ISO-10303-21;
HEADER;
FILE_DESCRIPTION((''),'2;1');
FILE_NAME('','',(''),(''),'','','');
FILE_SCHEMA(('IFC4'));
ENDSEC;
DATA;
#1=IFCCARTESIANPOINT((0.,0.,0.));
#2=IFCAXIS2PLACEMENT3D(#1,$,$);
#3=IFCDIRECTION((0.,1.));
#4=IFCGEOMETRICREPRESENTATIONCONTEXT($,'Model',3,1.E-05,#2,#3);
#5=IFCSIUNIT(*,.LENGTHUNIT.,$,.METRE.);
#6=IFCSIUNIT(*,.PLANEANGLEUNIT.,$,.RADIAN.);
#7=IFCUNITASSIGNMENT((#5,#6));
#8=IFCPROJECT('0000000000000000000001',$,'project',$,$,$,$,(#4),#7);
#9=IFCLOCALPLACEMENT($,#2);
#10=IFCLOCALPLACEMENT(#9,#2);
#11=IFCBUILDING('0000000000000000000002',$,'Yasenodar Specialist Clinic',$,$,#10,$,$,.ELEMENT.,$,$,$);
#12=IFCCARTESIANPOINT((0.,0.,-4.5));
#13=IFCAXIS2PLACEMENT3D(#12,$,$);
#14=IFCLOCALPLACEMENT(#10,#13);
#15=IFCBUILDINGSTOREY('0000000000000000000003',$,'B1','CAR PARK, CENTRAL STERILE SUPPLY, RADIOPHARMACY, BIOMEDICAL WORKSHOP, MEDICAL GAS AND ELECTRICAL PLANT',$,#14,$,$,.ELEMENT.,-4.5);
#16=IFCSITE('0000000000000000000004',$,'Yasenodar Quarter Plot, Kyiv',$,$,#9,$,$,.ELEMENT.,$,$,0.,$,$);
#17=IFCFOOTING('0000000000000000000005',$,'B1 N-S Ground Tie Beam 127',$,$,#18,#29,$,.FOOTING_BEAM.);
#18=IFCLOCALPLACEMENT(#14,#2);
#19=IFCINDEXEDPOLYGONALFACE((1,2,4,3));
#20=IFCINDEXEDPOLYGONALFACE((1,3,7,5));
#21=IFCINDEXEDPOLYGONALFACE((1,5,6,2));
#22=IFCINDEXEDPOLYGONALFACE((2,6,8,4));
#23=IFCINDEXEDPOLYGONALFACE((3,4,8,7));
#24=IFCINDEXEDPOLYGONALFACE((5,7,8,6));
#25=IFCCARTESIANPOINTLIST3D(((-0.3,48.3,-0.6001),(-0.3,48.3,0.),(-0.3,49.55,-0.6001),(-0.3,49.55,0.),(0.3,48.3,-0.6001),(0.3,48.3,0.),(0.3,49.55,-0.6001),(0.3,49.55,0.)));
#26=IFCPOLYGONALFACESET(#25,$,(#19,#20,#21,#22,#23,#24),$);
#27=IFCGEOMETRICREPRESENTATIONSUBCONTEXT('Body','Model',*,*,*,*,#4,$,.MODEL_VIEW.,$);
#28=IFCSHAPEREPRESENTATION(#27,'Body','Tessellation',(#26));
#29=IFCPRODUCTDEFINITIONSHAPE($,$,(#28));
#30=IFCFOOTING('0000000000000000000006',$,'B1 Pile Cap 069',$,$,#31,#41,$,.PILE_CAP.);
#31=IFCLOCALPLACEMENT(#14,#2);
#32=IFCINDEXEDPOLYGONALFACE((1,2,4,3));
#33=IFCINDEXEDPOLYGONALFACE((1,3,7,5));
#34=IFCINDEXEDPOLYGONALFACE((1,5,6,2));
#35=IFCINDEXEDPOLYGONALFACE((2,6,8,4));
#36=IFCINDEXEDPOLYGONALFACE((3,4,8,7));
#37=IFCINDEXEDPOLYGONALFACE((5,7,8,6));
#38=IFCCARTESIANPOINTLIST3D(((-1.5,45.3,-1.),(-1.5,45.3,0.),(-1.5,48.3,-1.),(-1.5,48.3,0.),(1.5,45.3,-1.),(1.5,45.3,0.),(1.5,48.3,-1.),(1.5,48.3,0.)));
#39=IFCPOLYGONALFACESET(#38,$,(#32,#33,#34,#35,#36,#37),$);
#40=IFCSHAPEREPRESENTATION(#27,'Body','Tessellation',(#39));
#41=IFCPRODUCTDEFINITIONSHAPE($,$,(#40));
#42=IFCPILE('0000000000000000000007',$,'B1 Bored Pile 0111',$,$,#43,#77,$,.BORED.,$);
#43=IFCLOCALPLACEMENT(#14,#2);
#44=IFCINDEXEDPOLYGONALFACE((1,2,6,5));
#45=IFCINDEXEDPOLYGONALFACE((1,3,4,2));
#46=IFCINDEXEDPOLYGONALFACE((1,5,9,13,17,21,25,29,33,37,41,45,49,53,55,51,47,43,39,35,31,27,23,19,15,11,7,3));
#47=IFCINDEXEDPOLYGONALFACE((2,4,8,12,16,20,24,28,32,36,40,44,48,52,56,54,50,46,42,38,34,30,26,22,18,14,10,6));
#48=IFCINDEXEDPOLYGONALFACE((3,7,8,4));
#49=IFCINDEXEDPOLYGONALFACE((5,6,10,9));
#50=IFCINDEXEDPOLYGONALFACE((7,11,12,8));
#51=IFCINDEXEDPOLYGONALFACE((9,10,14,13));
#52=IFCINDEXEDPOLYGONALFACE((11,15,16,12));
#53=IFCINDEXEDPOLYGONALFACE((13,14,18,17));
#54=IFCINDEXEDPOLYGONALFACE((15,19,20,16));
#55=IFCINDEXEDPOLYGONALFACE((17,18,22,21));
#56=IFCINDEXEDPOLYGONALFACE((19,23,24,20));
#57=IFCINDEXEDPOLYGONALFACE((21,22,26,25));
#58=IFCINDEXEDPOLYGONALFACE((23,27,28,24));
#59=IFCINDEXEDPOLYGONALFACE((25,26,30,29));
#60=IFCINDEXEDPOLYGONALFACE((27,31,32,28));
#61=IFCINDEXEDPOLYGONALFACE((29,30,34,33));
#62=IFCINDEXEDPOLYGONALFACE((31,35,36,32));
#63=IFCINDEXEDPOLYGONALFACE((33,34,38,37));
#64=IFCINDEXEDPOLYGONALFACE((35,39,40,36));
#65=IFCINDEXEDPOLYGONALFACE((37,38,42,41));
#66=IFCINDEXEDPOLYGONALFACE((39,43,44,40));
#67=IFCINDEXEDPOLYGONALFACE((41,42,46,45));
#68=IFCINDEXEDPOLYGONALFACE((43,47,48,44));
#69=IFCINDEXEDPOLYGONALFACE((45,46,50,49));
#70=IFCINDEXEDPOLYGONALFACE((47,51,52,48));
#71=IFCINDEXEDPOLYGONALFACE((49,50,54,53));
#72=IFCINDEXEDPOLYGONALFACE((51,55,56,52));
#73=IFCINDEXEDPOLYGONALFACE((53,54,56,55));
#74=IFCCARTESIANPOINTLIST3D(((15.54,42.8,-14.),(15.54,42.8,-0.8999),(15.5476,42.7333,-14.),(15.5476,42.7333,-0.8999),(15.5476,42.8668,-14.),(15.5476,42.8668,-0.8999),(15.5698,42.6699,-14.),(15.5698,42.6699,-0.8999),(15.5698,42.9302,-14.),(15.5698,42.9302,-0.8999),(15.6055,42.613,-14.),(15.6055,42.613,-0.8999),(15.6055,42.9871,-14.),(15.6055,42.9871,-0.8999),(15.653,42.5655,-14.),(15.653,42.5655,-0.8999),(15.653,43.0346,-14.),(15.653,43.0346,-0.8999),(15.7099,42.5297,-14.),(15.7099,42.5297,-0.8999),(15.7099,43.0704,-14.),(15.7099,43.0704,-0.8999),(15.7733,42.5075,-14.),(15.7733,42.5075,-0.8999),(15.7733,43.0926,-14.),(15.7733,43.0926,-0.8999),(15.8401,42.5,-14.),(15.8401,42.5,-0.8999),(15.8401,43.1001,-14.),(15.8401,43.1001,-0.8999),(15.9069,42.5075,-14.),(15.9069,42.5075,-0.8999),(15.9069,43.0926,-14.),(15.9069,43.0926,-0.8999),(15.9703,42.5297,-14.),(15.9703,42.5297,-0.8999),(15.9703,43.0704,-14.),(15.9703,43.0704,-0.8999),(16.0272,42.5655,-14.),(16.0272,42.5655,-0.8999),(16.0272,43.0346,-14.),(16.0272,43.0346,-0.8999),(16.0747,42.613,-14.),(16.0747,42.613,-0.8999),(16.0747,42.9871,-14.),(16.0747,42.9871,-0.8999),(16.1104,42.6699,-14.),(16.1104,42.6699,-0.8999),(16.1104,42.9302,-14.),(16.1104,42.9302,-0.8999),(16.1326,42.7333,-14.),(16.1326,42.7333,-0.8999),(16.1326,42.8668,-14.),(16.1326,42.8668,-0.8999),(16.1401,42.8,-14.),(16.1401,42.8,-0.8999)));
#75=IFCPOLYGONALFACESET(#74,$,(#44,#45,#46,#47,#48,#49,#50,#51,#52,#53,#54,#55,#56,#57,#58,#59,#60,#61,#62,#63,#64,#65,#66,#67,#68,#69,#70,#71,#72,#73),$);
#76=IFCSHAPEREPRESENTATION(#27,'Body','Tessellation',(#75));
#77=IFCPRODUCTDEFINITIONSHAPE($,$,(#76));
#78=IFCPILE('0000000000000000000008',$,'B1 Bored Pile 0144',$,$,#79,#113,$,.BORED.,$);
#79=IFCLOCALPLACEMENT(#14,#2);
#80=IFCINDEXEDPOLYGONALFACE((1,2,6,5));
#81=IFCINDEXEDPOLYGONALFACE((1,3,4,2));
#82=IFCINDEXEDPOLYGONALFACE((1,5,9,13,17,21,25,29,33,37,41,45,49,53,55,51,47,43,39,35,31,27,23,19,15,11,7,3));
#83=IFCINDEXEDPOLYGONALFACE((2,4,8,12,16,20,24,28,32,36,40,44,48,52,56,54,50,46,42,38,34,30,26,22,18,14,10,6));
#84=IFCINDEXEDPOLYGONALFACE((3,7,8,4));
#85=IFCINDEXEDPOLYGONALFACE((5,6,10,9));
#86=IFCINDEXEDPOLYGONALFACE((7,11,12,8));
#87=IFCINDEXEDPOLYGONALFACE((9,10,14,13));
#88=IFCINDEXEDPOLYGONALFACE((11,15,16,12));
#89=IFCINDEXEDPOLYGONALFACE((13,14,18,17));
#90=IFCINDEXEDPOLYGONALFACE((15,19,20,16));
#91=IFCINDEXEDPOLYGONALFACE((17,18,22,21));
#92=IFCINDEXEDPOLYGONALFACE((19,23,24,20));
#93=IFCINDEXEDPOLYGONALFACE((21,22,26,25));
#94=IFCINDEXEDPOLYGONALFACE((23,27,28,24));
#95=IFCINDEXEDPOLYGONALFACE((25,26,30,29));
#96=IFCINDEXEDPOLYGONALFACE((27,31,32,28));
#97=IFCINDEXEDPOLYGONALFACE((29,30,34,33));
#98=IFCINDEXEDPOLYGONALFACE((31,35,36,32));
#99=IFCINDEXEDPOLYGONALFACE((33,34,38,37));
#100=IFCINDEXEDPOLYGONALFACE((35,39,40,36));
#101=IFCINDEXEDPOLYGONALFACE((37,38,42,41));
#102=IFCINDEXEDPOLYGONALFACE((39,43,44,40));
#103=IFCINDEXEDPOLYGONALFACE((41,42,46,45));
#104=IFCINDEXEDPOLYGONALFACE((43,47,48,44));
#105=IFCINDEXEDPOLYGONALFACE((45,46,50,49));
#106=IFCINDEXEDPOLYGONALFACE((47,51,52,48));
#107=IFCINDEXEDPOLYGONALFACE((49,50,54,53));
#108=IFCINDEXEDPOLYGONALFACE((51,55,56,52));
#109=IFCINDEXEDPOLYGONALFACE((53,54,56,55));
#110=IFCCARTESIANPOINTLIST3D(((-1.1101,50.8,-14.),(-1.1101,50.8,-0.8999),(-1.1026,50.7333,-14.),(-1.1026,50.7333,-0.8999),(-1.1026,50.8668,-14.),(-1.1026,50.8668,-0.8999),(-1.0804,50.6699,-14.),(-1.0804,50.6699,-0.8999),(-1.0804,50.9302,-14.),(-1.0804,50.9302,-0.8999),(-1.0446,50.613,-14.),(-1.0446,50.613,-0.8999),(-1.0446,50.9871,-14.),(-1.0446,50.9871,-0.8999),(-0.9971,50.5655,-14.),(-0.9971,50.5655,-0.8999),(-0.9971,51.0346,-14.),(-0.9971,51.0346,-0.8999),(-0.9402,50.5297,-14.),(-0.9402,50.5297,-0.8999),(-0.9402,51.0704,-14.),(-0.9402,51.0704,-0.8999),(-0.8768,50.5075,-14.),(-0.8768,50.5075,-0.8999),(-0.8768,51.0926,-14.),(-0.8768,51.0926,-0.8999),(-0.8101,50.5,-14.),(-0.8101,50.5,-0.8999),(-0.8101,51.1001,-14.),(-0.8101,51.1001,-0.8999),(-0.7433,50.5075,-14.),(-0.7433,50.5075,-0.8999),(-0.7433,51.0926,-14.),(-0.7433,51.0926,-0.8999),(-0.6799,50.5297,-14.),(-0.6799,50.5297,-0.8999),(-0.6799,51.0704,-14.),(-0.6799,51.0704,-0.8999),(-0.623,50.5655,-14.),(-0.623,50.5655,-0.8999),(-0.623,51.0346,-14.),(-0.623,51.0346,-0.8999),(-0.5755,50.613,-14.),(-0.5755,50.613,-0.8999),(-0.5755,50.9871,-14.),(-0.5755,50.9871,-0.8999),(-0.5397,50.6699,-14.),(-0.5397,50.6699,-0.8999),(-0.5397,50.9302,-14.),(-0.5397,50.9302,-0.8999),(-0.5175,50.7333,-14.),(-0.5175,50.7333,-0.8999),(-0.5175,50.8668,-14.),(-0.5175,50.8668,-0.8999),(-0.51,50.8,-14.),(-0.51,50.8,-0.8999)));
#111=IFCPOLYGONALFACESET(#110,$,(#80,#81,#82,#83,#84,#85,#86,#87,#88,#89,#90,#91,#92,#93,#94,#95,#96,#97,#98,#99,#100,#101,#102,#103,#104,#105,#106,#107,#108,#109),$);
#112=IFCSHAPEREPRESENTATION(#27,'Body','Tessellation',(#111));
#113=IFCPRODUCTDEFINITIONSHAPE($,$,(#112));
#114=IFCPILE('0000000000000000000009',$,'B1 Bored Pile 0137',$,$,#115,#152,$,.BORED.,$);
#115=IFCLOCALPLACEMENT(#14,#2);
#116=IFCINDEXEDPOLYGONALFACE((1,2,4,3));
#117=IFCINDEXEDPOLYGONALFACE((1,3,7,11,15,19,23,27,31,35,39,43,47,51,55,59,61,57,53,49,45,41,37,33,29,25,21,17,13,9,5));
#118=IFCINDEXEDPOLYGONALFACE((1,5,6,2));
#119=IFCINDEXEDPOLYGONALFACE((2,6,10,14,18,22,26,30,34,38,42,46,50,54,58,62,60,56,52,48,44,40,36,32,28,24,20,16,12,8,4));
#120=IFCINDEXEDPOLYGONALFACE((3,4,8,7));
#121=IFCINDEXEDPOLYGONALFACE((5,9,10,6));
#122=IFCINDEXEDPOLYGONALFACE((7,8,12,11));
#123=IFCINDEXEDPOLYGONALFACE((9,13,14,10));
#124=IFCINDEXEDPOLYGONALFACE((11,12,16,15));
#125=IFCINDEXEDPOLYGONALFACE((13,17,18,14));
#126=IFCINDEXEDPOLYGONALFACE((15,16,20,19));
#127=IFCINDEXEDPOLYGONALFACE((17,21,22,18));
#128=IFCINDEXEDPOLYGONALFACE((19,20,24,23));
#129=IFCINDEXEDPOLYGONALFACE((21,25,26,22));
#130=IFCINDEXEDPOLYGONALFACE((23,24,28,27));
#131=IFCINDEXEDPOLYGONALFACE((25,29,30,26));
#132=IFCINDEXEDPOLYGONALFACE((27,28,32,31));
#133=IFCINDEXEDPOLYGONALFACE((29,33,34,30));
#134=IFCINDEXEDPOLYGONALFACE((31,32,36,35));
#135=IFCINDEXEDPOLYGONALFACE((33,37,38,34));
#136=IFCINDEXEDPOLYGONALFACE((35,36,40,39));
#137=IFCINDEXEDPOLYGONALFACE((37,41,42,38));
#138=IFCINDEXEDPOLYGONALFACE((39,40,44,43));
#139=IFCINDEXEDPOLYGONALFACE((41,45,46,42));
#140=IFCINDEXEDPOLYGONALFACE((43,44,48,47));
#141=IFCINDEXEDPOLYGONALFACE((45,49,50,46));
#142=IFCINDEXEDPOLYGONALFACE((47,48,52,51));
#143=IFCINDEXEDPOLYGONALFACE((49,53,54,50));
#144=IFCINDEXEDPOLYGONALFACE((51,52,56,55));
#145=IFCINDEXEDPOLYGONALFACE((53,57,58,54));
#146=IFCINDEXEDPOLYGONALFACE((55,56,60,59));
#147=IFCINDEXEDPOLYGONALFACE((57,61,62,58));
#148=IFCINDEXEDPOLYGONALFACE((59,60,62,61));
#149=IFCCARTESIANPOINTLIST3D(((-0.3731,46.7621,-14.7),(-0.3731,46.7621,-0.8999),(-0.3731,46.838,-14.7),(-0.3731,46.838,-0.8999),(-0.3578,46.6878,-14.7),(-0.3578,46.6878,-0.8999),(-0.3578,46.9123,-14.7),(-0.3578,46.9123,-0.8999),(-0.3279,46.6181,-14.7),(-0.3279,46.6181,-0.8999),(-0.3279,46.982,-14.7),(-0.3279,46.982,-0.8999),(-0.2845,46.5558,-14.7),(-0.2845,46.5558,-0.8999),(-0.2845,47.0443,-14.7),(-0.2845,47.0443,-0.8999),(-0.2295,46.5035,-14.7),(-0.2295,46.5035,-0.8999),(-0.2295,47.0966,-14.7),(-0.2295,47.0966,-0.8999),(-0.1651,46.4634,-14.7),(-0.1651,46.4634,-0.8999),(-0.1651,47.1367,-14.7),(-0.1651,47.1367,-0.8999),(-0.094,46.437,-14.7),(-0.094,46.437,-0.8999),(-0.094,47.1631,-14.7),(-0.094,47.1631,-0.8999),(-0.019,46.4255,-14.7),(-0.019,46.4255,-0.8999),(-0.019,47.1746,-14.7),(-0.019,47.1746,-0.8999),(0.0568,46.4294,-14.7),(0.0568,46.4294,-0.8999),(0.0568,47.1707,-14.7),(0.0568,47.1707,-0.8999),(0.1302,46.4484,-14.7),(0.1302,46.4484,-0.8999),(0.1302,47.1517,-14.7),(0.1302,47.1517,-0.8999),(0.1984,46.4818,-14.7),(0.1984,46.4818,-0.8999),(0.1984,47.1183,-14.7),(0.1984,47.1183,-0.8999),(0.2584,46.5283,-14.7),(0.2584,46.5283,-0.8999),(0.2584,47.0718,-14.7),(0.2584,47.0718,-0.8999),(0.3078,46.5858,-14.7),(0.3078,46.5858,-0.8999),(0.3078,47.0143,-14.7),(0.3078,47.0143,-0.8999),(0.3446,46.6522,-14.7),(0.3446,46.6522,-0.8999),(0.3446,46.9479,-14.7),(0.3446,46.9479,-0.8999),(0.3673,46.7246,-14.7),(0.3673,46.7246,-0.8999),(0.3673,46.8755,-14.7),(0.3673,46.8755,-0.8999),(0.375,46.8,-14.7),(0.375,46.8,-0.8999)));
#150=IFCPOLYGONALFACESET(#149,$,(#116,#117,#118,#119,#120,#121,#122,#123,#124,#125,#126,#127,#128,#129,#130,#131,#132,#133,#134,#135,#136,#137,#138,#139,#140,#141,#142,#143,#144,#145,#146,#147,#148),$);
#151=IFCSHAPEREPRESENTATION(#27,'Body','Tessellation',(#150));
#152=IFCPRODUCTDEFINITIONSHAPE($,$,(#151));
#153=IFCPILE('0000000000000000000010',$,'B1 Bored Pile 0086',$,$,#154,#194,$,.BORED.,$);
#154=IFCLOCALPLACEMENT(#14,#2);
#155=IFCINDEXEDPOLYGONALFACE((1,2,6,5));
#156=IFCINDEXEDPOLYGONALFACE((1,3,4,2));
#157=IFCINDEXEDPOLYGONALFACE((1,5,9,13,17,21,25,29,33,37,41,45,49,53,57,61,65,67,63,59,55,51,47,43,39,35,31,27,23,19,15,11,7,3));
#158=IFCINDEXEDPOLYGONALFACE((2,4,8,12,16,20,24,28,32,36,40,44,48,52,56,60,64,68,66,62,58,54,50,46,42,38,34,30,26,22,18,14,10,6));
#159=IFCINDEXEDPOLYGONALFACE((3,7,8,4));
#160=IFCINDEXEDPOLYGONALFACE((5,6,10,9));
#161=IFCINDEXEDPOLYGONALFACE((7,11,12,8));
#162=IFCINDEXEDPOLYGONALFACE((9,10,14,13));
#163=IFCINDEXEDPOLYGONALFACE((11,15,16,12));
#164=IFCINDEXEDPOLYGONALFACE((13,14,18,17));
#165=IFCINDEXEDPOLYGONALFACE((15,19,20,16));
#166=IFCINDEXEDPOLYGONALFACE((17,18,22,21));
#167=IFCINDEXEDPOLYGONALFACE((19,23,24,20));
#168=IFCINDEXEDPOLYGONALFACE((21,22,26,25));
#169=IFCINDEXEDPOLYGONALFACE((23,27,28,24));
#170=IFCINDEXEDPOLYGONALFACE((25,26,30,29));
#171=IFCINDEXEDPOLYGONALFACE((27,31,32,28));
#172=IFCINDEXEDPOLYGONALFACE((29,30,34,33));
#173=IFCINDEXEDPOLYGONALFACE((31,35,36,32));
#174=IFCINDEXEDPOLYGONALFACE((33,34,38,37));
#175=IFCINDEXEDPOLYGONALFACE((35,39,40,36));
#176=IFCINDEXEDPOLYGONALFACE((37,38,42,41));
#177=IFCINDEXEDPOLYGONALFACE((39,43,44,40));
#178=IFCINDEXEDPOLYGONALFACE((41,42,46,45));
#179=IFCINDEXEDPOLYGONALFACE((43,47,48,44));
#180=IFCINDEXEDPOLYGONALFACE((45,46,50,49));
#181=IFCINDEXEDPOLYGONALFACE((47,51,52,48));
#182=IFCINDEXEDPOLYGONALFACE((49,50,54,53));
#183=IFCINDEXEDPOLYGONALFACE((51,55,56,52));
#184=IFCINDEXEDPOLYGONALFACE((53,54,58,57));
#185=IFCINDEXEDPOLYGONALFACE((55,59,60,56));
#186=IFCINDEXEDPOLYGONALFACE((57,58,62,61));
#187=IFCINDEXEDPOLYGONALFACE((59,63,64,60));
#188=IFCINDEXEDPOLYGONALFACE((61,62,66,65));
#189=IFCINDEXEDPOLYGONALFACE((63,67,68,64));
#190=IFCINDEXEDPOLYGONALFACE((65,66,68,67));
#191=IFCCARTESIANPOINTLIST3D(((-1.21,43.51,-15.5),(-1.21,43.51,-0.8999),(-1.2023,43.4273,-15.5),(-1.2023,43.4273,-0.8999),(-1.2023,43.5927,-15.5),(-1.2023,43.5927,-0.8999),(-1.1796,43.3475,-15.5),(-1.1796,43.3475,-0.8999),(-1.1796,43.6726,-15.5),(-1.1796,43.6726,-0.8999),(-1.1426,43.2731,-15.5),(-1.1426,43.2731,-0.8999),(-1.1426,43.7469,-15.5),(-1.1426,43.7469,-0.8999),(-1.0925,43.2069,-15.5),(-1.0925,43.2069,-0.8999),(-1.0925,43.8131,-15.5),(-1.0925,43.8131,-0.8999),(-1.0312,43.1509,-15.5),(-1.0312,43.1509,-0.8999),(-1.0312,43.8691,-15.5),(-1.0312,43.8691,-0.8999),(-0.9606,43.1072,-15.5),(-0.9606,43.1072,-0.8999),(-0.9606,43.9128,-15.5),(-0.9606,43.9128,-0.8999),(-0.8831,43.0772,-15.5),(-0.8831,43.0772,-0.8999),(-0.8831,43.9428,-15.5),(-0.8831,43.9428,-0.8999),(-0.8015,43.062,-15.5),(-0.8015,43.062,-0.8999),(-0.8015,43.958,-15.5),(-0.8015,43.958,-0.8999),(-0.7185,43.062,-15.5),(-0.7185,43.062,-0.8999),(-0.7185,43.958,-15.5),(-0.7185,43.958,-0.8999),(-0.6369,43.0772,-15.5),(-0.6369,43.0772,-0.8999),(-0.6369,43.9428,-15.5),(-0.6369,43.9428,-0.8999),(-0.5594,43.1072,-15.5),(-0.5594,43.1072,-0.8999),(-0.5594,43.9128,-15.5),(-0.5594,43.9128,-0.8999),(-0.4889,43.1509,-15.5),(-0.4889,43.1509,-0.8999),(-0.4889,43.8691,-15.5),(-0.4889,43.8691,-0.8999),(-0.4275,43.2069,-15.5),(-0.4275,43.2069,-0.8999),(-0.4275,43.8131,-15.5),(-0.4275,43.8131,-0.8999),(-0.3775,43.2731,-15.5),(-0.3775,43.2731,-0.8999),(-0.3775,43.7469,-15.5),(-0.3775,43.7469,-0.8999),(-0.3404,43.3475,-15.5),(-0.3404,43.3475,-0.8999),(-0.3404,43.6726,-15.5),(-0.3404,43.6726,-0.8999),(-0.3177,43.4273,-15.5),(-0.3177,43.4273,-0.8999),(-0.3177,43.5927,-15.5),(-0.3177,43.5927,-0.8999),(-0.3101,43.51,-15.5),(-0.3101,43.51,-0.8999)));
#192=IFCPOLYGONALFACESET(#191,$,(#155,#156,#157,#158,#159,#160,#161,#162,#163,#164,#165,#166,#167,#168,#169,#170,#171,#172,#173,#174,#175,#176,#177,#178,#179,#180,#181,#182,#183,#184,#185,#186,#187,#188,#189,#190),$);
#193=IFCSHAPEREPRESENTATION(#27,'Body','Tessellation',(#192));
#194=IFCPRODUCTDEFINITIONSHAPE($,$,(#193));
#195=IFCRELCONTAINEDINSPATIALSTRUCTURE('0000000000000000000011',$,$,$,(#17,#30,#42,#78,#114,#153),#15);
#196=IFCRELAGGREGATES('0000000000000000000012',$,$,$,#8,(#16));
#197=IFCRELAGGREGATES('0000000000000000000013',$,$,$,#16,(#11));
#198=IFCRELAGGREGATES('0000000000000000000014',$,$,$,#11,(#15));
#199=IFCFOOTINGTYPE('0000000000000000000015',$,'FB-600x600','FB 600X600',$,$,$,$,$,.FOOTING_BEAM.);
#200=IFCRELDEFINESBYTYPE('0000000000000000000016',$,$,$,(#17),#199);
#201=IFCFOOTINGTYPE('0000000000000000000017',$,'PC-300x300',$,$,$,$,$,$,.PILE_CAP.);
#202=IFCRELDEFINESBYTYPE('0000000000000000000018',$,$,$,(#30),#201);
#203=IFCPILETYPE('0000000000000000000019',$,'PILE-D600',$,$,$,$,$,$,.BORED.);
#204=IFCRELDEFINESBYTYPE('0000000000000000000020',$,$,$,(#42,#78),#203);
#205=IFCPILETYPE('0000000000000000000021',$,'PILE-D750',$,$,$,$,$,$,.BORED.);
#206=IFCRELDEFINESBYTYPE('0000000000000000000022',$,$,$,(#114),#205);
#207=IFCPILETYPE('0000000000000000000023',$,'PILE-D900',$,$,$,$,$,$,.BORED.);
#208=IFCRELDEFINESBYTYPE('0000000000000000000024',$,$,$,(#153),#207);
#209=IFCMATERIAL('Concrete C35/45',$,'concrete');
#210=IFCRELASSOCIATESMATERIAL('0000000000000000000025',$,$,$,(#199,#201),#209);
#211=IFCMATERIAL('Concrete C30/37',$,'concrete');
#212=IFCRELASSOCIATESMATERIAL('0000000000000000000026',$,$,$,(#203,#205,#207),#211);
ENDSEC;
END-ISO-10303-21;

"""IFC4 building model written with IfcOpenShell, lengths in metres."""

from ifc_helpers import new_model, si_unit, direction, frame, origin, origin_2d, place, context, subcontext, project, spatial, rectangle, circle, extrude, material, material_profile, profile_set, type_object, element, save


model = new_model("IFC4")

# Units and contexts
model_context = context("Model", 3, precision=1e-05, world=origin(), true_north=direction((0.0, 1.0)))
body_context = subcontext(model_context, "Body", "Model", "MODEL_VIEW")
ifc_project = project(units=[si_unit("LENGTHUNIT", "METRE"), si_unit("PLANEANGLEUNIT", "RADIAN")], contexts=[model_context])

# Site, building, storey
site_placement = place(None, origin())
site = spatial("IfcSite", under=ifc_project, at=site_placement, Name="Yasenodar Quarter Plot, Kyiv", CompositionType="ELEMENT", RefElevation=0.0)
building_placement = place(site_placement, origin())
building = spatial("IfcBuilding", under=site, at=building_placement, Name="Yasenodar Specialist Clinic", CompositionType="ELEMENT")
storey_placement = place(building_placement, frame((0.0, 0.0, -4.5)))
storey = spatial("IfcBuildingStorey", under=building, at=storey_placement, Name="B1", Description="CAR PARK, CENTRAL STERILE SUPPLY, RADIOPHARMACY, BIOMEDICAL WORKSHOP, MEDICAL GAS AND ELECTRICAL PLANT", CompositionType="ELEMENT", Elevation=-4.5)

# Footings
ifc_material_1 = material(Name="Concrete C35/45", Category="concrete")
ifc_material_profile_1 = material_profile(ifc_material_1, rectangle(XDim=0.6001, YDim=0.6001, at=origin_2d()), Name="RC 600x600")
ifc_profile_set_1 = profile_set([ifc_material_profile_1], Name="Concrete C35/45")
footing_type_1 = type_object("IfcFootingType", Name="FB-600x600", Description="FB 600X600", PredefinedType="FOOTING_BEAM", material=ifc_profile_set_1)
footing_1_placement = place(storey_placement, frame((0.0, 48.3, -0.3), z_axis=(0.0, 1.0, 0.0), x_axis=(-1.0, 0.0, 0.0)))
element("IfcFooting", 1, at=footing_1_placement, inside=storey, type_object=footing_type_1, Name="B1 N-S Ground Tie Beam 127", PredefinedType="FOOTING_BEAM", context=body_context, shape_type="SweptSolid", body=[
    extrude(rectangle(XDim=0.6001, YDim=0.6001, at=origin_2d()), origin(), (0.0, 0.0, 1.0), 1.25),
])
footing_type_2 = type_object("IfcFootingType", Name="PC-300x300", PredefinedType="PILE_CAP", material=ifc_material_1)
footing_2_placement = place(storey_placement, frame((0.0, 46.8, -1.0), z_axis=(0.0, 0.0, 1.0), x_axis=(1.0, 0.0, 0.0)))
element("IfcFooting", 2, at=footing_2_placement, inside=storey, type_object=footing_type_2, Name="B1 Pile Cap 069", PredefinedType="PILE_CAP", context=body_context, shape_type="SweptSolid", body=[
    extrude(rectangle(XDim=3.0, YDim=3.0, at=origin_2d()), origin(), (0.0, 0.0, 1.0), 1.0),
])

# Piles
ifc_material_2 = material(Name="Concrete C30/37", Category="concrete")
ifc_material_profile_2 = material_profile(ifc_material_2, circle(Radius=0.3, at=origin_2d()), Name="PILE D600")
ifc_profile_set_2 = profile_set([ifc_material_profile_2], Name="Concrete C30/37")
pile_type_1 = type_object("IfcPileType", Name="PILE-D600", PredefinedType="BORED", material=ifc_profile_set_2)
for number, where, z_axis, x_axis, name in (
    (3, (15.8401, 42.8, -0.8999), (0.0, 0.0, -1.0), (1.0, 0.0, 0.0), "B1 Bored Pile 0111"),
    (4, (-0.8101, 50.8, -0.8999), (0.0, 0.0, -1.0), (1.0, 0.0, 0.0), "B1 Bored Pile 0144"),
):
    element("IfcPile", number, at=place(storey_placement, frame(where, z_axis=z_axis, x_axis=x_axis)), inside=storey, type_object=pile_type_1, Name=name, PredefinedType="BORED", context=body_context, shape_type="SweptSolid", body=[
        extrude(circle(Radius=0.3, at=origin_2d()), origin(), (0.0, 0.0, 1.0), 13.1001),
    ])
ifc_material_profile_3 = material_profile(ifc_material_2, circle(Radius=0.375, at=origin_2d()), Name="PILE D750")
ifc_profile_set_3 = profile_set([ifc_material_profile_3], Name="Concrete C30/37")
pile_type_2 = type_object("IfcPileType", Name="PILE-D750", PredefinedType="BORED", material=ifc_profile_set_3)
pile_placement = place(storey_placement, frame((0.0, 46.8, -0.8999), z_axis=(0.0, 0.0, -1.0), x_axis=(1.0, 0.0, 0.0)))
element("IfcPile", 5, at=pile_placement, inside=storey, type_object=pile_type_2, Name="B1 Bored Pile 0137", PredefinedType="BORED", context=body_context, shape_type="SweptSolid", body=[
    extrude(circle(Radius=0.375, at=origin_2d()), origin(), (0.0, 0.0, 1.0), 13.8),
])
ifc_material_profile_4 = material_profile(ifc_material_2, circle(Radius=0.45, at=origin_2d()), Name="PILE D900")
ifc_profile_set_4 = profile_set([ifc_material_profile_4], Name="Concrete C30/37")
pile_type_3 = type_object("IfcPileType", Name="PILE-D900", PredefinedType="BORED", material=ifc_profile_set_4)
for number, where, z_axis, x_axis, name in (
    (6, (-0.76, 43.51, -0.8999), (0.0, 0.0, -1.0), (1.0, 0.0, 0.0), "B1 Bored Pile 0086"),
):
    element("IfcPile", number, at=place(storey_placement, frame(where, z_axis=z_axis, x_axis=x_axis)), inside=storey, type_object=pile_type_3, Name=name, PredefinedType="BORED", context=body_context, shape_type="SweptSolid", body=[
        extrude(circle(Radius=0.45, at=origin_2d()), origin(), (0.0, 0.0, 1.0), 14.6001),
    ])

save(model, "model.ifc")
